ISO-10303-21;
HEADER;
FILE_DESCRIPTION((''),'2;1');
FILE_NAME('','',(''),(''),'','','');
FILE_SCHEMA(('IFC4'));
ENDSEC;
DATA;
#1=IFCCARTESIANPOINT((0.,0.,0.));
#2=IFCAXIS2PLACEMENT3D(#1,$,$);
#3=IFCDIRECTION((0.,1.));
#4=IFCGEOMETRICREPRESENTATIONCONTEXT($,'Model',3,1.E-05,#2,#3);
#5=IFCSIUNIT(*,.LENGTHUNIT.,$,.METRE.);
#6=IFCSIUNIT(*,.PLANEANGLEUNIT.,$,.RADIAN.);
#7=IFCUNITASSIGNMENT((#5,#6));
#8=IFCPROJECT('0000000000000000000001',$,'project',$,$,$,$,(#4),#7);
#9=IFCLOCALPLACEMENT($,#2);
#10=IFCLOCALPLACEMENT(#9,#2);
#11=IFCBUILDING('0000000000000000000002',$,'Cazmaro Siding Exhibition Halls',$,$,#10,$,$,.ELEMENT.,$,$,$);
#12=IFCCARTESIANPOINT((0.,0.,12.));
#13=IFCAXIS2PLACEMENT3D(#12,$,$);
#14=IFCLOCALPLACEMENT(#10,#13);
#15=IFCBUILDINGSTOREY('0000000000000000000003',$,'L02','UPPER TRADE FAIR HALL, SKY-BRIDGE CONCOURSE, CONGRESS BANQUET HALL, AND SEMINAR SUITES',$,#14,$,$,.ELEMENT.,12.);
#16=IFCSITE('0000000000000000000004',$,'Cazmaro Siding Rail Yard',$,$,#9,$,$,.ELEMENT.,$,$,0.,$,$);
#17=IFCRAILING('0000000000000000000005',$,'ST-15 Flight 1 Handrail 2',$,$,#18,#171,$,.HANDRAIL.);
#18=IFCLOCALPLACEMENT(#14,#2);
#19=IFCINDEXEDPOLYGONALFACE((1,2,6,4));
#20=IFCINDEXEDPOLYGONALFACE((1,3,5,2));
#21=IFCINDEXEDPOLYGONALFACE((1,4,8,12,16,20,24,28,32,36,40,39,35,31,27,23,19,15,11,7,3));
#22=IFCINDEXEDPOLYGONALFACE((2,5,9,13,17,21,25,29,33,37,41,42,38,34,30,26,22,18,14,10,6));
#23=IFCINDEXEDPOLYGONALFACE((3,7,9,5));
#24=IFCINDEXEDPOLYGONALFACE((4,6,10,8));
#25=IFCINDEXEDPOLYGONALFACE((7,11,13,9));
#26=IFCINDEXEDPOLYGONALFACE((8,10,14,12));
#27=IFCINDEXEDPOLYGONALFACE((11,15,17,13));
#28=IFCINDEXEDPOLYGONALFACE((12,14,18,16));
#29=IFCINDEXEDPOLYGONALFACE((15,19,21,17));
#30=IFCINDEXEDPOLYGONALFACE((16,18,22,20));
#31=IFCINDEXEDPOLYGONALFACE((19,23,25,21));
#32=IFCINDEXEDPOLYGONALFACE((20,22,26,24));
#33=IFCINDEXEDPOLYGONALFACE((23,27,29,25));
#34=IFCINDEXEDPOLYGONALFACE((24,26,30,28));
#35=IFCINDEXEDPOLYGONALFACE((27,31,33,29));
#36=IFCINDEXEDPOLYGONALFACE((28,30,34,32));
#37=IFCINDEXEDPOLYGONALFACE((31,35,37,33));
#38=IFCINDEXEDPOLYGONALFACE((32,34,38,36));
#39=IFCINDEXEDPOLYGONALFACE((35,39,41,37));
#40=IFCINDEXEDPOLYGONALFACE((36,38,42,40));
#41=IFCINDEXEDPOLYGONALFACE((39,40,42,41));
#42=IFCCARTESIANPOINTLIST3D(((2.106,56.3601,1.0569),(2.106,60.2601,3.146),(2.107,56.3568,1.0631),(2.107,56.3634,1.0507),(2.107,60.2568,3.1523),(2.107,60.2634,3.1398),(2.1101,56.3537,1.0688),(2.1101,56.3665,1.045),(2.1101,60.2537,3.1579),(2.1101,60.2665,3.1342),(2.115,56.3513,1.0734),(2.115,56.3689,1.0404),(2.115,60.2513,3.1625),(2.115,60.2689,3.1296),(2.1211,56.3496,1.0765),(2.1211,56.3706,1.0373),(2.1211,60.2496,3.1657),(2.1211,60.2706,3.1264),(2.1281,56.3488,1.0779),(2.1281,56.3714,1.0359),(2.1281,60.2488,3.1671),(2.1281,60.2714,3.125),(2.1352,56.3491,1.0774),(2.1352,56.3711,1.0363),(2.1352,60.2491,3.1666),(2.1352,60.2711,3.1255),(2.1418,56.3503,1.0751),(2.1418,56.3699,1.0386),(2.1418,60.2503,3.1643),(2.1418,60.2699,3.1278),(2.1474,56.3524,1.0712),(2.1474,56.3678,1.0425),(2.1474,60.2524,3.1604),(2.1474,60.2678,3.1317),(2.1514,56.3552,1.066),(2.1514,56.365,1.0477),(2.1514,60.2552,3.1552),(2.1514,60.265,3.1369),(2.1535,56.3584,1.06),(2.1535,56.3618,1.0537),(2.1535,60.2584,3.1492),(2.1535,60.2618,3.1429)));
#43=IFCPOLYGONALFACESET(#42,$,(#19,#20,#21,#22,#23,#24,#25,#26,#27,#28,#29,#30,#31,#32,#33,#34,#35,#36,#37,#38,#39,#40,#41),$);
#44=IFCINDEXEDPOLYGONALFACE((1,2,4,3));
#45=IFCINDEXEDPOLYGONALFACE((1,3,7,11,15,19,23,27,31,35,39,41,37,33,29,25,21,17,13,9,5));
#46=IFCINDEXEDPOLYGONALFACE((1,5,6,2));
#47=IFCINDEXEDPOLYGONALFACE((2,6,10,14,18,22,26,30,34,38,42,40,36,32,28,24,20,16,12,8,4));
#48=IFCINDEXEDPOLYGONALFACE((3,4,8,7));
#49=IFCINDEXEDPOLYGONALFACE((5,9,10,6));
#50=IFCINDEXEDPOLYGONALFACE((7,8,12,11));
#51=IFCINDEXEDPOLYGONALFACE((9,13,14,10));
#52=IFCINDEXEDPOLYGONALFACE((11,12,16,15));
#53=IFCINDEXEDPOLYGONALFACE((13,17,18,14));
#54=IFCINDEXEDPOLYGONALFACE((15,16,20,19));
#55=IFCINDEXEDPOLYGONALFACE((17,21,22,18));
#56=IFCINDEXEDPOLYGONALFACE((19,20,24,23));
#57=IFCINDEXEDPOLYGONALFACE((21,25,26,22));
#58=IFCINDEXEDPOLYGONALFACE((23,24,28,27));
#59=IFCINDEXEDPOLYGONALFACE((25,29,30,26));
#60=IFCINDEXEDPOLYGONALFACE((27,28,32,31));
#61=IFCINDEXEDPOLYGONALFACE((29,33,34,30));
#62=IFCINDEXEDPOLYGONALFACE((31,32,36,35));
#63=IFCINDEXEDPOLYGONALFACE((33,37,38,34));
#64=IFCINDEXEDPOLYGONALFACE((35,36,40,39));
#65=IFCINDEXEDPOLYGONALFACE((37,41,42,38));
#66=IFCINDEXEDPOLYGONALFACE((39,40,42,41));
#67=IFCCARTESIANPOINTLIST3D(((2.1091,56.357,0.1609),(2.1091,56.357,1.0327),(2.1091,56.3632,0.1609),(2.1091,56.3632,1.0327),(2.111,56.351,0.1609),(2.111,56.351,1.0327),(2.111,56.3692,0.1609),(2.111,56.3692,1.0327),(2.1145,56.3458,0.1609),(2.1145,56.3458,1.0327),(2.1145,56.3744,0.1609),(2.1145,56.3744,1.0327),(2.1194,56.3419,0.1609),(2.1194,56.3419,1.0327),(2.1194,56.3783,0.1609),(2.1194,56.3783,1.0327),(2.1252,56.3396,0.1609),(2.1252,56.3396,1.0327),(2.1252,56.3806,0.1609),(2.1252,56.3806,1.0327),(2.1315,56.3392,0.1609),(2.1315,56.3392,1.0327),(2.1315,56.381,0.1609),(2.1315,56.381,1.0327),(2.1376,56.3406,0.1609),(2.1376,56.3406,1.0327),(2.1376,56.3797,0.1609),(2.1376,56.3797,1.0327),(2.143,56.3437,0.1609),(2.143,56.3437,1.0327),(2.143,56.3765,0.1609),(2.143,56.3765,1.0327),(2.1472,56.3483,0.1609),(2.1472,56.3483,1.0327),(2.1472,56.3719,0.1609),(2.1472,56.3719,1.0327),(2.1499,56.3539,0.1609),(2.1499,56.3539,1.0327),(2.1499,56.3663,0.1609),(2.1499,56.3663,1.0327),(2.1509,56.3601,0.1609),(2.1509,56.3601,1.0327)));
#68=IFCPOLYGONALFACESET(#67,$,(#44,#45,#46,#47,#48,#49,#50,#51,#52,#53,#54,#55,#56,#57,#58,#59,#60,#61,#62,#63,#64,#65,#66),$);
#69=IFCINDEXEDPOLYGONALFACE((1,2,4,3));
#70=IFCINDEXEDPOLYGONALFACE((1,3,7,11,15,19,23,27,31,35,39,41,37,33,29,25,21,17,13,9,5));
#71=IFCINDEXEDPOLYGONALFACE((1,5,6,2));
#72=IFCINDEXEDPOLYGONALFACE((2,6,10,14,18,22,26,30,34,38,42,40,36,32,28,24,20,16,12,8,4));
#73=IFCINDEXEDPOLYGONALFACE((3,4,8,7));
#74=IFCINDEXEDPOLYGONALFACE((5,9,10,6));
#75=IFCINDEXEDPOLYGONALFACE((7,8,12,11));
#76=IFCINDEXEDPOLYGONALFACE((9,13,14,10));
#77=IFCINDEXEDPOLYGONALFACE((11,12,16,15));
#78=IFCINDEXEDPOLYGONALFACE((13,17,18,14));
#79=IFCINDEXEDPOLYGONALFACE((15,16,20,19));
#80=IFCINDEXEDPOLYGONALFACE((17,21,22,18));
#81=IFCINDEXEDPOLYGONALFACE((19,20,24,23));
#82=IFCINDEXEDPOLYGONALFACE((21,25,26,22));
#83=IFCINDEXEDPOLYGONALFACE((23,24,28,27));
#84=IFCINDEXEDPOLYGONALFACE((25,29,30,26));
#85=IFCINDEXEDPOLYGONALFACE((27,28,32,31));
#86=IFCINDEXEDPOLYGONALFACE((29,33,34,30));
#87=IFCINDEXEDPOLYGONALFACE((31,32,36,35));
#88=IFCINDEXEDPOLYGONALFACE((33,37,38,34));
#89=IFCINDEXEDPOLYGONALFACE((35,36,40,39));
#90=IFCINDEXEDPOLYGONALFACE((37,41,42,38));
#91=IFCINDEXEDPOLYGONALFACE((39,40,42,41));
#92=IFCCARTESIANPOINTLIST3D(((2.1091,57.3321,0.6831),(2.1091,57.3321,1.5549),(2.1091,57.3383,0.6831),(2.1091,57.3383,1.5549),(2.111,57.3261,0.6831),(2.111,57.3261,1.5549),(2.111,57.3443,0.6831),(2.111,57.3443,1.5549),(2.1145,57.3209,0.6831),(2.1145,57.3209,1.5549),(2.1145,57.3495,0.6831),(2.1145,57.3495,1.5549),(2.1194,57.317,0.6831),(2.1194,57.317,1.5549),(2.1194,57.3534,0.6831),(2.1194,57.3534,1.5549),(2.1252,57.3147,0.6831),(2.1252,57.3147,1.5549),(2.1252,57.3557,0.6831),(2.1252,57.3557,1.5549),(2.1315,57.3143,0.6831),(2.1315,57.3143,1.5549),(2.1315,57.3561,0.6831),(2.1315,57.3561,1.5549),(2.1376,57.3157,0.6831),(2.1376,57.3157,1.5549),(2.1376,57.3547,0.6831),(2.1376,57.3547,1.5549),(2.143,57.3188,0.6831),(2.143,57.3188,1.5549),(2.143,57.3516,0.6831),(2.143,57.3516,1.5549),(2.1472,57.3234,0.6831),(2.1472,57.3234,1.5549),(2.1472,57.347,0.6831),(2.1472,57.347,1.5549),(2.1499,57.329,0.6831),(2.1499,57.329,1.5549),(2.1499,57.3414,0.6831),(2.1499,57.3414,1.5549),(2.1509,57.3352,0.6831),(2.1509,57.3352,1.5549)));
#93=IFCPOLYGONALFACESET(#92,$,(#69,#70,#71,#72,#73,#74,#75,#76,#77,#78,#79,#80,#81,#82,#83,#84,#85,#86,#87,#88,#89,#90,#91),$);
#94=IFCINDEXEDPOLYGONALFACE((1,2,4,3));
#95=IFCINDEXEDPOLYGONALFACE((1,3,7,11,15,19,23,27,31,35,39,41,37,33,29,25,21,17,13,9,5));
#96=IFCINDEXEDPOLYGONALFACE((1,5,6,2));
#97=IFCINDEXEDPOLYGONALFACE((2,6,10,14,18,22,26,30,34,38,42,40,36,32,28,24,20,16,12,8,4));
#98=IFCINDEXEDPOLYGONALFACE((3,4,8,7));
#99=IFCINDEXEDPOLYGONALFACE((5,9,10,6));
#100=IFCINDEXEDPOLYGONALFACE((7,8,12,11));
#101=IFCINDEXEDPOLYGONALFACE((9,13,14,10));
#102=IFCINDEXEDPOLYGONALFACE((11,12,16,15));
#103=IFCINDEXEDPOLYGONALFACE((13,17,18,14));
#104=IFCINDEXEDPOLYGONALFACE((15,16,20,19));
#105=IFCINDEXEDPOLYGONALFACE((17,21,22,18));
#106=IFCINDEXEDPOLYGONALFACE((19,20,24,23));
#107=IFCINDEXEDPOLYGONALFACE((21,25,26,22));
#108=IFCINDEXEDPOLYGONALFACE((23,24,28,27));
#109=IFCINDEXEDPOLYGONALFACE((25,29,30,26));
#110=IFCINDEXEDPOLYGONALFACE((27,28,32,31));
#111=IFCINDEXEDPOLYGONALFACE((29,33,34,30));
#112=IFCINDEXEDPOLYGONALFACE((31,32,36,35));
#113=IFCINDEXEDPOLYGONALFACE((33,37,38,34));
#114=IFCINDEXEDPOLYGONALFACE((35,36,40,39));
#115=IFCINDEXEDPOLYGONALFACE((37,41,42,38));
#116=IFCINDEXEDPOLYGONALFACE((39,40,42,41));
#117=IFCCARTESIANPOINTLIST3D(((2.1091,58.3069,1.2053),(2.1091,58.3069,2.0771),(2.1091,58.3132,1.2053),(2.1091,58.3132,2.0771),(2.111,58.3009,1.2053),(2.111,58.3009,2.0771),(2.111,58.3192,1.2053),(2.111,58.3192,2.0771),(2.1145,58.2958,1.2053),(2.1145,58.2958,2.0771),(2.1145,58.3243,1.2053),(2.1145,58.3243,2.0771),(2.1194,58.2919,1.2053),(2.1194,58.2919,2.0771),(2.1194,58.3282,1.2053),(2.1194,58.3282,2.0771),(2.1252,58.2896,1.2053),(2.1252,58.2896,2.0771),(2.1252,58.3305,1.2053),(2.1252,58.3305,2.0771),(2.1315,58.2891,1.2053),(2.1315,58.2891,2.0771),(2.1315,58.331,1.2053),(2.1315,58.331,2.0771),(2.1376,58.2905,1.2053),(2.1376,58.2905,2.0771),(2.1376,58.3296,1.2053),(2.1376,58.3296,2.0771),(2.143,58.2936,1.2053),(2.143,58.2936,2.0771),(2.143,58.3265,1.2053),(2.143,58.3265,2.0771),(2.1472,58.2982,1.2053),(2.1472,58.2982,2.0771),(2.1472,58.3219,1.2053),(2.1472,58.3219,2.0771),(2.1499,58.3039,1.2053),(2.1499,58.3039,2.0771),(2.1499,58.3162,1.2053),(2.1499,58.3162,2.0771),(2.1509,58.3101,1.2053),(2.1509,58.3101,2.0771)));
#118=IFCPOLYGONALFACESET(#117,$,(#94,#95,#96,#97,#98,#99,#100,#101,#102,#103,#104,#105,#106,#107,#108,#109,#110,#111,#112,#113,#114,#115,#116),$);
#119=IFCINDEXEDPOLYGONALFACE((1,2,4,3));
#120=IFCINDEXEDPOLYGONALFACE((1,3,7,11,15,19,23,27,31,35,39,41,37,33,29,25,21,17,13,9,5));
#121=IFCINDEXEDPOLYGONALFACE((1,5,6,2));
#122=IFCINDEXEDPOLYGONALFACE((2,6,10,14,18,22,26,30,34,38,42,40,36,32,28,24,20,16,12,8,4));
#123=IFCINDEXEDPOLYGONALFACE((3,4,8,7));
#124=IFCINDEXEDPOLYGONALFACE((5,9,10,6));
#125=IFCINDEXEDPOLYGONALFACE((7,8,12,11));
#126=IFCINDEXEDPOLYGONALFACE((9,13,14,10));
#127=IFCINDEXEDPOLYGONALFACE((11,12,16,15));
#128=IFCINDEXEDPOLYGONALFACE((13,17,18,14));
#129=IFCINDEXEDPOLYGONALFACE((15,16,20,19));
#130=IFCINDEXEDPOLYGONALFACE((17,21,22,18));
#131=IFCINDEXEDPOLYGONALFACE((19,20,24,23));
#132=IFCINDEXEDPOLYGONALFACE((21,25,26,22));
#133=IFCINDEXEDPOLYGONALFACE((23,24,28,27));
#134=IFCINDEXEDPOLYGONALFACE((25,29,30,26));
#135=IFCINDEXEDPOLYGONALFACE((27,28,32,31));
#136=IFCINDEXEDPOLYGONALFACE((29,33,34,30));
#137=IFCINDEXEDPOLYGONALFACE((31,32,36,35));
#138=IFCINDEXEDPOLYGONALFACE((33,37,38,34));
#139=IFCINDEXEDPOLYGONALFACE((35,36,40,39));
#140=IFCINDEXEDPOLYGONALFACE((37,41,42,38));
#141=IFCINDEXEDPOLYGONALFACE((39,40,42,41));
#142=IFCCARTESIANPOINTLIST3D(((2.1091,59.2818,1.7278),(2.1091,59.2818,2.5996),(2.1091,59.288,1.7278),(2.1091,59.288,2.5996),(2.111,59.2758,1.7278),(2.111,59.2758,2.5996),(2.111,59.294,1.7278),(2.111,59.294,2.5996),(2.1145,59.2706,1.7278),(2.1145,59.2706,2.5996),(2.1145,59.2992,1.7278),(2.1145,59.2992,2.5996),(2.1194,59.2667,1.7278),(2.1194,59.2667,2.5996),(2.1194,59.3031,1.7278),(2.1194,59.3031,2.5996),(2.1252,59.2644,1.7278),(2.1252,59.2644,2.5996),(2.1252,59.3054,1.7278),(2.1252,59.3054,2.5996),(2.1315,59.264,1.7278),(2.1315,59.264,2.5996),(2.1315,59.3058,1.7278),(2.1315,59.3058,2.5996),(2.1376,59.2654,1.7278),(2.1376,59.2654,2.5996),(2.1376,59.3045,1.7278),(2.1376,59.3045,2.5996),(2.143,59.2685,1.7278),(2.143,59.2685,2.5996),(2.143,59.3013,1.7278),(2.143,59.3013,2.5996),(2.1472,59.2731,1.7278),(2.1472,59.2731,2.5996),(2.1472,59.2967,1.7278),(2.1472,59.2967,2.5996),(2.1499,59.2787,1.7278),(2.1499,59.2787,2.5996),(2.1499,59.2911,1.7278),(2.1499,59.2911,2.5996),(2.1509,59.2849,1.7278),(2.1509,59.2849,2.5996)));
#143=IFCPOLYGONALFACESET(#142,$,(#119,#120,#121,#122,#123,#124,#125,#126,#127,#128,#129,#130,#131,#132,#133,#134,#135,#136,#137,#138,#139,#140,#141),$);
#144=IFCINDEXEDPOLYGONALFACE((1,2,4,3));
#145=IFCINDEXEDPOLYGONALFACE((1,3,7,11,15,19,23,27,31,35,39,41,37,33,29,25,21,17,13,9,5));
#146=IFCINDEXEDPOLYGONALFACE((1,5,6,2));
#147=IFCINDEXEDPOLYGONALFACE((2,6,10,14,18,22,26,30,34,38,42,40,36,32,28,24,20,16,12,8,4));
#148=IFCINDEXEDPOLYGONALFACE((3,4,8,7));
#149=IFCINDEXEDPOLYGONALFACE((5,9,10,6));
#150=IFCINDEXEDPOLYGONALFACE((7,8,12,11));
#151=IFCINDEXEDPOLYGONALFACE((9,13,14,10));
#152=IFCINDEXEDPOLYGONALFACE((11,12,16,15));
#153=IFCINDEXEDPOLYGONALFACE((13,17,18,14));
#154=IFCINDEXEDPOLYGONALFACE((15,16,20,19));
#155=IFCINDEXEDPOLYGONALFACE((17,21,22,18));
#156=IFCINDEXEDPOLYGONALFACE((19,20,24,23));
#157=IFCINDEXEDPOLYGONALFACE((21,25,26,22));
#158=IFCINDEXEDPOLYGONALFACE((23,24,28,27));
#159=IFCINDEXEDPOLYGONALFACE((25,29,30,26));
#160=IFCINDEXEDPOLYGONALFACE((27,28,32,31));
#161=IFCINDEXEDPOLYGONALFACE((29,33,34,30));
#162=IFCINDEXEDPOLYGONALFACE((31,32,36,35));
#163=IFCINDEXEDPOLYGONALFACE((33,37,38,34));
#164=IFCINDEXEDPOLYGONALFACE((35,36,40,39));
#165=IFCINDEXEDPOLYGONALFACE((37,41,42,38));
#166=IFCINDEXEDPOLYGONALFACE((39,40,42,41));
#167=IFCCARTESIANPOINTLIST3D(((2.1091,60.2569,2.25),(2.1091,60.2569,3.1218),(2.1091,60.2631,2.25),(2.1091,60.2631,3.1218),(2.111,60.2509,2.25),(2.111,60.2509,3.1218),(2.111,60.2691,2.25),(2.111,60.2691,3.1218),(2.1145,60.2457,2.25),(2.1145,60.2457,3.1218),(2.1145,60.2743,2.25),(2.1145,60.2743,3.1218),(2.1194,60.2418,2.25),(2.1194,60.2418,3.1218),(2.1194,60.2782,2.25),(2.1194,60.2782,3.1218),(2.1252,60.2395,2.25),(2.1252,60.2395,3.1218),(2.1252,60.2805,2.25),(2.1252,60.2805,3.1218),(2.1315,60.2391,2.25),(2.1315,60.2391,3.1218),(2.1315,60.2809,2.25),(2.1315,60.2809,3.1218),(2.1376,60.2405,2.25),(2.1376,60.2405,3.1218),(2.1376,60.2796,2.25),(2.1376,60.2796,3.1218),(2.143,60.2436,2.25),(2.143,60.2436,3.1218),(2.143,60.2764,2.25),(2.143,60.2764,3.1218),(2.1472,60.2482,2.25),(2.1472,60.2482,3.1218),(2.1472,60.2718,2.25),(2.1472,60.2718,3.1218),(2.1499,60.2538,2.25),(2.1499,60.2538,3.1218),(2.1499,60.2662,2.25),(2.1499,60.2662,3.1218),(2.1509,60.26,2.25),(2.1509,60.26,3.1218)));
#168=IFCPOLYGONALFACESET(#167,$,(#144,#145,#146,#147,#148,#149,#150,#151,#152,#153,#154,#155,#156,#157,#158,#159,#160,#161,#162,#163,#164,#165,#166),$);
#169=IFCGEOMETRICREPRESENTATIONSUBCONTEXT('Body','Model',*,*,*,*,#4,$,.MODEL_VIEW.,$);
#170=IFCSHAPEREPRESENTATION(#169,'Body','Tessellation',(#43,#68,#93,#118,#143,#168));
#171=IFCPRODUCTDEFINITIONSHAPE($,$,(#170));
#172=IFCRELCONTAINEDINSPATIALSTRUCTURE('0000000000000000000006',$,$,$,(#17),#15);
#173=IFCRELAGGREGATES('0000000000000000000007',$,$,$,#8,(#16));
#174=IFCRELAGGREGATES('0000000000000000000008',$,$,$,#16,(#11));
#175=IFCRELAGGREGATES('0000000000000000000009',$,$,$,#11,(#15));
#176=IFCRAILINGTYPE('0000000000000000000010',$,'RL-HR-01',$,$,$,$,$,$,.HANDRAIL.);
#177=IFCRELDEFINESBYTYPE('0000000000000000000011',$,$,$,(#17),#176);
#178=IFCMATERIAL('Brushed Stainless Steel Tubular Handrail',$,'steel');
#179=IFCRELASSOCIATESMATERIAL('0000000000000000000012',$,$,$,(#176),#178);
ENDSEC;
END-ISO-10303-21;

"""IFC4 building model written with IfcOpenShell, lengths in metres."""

from ifc_helpers import new_model, si_unit, direction, frame, origin, origin_2d, place, context, subcontext, project, spatial, circle, extrude, material, type_object, element, save


model = new_model("IFC4")

# Units and contexts
model_context = context("Model", 3, precision=1e-05, world=origin(), true_north=direction((0.0, 1.0)))
body_context = subcontext(model_context, "Body", "Model", "MODEL_VIEW")
ifc_project = project(units=[si_unit("LENGTHUNIT", "METRE"), si_unit("PLANEANGLEUNIT", "RADIAN")], contexts=[model_context])

# Site, building, storey
site_placement = place(None, origin())
site = spatial("IfcSite", under=ifc_project, at=site_placement, Name="Cazmaro Siding Rail Yard", CompositionType="ELEMENT", RefElevation=0.0)
building_placement = place(site_placement, origin())
building = spatial("IfcBuilding", under=site, at=building_placement, Name="Cazmaro Siding Exhibition Halls", CompositionType="ELEMENT")
storey_placement = place(building_placement, frame((0.0, 0.0, 12.0)))
storey = spatial("IfcBuildingStorey", under=building, at=storey_placement, Name="L02", Description="UPPER TRADE FAIR HALL, SKY-BRIDGE CONCOURSE, CONGRESS BANQUET HALL, AND SEMINAR SUITES", CompositionType="ELEMENT", Elevation=12.0)

# Railing
ifc_material_1 = material(Name="Brushed Stainless Steel Tubular Handrail", Category="steel")
railing_type_1 = type_object("IfcRailingType", Name="RL-HR-01", PredefinedType="HANDRAIL", material=ifc_material_1)
railing_1_placement = place(storey_placement, frame((2.1299, 56.3601, 0.1609)))
element("IfcRailing", 1, at=railing_1_placement, inside=storey, type_object=railing_type_1, Name="ST-15 Flight 1 Handrail 2", PredefinedType="HANDRAIL", context=body_context, shape_type="SweptSolid", body=[
    extrude(circle(Radius=0.0239, at=origin_2d()), frame((0.0, 0.0, 0.896), z_axis=(0.0, 0.881491, 0.4722), x_axis=(-1.0, 0.0, 0.0)), (0.0, 0.0, 1.0), 4.4243),
    extrude(circle(Radius=0.021, at=origin_2d()), origin(), (0.0, 0.0, 1.0), 0.8718),
    extrude(circle(Radius=0.021, at=origin_2d()), frame((0.0, 0.9751, 0.5222)), (0.0, 0.0, 1.0), 0.8718),
    extrude(circle(Radius=0.021, at=origin_2d()), frame((0.0, 1.95, 1.0444)), (0.0, 0.0, 1.0), 0.8718),
    extrude(circle(Radius=0.021, at=origin_2d()), frame((0.0, 2.9248, 1.5669)), (0.0, 0.0, 1.0), 0.8718),
    extrude(circle(Radius=0.021, at=origin_2d()), frame((0.0, 3.8999, 2.0891)), (0.0, 0.0, 1.0), 0.8718),
])

save(model, "model.ifc")
